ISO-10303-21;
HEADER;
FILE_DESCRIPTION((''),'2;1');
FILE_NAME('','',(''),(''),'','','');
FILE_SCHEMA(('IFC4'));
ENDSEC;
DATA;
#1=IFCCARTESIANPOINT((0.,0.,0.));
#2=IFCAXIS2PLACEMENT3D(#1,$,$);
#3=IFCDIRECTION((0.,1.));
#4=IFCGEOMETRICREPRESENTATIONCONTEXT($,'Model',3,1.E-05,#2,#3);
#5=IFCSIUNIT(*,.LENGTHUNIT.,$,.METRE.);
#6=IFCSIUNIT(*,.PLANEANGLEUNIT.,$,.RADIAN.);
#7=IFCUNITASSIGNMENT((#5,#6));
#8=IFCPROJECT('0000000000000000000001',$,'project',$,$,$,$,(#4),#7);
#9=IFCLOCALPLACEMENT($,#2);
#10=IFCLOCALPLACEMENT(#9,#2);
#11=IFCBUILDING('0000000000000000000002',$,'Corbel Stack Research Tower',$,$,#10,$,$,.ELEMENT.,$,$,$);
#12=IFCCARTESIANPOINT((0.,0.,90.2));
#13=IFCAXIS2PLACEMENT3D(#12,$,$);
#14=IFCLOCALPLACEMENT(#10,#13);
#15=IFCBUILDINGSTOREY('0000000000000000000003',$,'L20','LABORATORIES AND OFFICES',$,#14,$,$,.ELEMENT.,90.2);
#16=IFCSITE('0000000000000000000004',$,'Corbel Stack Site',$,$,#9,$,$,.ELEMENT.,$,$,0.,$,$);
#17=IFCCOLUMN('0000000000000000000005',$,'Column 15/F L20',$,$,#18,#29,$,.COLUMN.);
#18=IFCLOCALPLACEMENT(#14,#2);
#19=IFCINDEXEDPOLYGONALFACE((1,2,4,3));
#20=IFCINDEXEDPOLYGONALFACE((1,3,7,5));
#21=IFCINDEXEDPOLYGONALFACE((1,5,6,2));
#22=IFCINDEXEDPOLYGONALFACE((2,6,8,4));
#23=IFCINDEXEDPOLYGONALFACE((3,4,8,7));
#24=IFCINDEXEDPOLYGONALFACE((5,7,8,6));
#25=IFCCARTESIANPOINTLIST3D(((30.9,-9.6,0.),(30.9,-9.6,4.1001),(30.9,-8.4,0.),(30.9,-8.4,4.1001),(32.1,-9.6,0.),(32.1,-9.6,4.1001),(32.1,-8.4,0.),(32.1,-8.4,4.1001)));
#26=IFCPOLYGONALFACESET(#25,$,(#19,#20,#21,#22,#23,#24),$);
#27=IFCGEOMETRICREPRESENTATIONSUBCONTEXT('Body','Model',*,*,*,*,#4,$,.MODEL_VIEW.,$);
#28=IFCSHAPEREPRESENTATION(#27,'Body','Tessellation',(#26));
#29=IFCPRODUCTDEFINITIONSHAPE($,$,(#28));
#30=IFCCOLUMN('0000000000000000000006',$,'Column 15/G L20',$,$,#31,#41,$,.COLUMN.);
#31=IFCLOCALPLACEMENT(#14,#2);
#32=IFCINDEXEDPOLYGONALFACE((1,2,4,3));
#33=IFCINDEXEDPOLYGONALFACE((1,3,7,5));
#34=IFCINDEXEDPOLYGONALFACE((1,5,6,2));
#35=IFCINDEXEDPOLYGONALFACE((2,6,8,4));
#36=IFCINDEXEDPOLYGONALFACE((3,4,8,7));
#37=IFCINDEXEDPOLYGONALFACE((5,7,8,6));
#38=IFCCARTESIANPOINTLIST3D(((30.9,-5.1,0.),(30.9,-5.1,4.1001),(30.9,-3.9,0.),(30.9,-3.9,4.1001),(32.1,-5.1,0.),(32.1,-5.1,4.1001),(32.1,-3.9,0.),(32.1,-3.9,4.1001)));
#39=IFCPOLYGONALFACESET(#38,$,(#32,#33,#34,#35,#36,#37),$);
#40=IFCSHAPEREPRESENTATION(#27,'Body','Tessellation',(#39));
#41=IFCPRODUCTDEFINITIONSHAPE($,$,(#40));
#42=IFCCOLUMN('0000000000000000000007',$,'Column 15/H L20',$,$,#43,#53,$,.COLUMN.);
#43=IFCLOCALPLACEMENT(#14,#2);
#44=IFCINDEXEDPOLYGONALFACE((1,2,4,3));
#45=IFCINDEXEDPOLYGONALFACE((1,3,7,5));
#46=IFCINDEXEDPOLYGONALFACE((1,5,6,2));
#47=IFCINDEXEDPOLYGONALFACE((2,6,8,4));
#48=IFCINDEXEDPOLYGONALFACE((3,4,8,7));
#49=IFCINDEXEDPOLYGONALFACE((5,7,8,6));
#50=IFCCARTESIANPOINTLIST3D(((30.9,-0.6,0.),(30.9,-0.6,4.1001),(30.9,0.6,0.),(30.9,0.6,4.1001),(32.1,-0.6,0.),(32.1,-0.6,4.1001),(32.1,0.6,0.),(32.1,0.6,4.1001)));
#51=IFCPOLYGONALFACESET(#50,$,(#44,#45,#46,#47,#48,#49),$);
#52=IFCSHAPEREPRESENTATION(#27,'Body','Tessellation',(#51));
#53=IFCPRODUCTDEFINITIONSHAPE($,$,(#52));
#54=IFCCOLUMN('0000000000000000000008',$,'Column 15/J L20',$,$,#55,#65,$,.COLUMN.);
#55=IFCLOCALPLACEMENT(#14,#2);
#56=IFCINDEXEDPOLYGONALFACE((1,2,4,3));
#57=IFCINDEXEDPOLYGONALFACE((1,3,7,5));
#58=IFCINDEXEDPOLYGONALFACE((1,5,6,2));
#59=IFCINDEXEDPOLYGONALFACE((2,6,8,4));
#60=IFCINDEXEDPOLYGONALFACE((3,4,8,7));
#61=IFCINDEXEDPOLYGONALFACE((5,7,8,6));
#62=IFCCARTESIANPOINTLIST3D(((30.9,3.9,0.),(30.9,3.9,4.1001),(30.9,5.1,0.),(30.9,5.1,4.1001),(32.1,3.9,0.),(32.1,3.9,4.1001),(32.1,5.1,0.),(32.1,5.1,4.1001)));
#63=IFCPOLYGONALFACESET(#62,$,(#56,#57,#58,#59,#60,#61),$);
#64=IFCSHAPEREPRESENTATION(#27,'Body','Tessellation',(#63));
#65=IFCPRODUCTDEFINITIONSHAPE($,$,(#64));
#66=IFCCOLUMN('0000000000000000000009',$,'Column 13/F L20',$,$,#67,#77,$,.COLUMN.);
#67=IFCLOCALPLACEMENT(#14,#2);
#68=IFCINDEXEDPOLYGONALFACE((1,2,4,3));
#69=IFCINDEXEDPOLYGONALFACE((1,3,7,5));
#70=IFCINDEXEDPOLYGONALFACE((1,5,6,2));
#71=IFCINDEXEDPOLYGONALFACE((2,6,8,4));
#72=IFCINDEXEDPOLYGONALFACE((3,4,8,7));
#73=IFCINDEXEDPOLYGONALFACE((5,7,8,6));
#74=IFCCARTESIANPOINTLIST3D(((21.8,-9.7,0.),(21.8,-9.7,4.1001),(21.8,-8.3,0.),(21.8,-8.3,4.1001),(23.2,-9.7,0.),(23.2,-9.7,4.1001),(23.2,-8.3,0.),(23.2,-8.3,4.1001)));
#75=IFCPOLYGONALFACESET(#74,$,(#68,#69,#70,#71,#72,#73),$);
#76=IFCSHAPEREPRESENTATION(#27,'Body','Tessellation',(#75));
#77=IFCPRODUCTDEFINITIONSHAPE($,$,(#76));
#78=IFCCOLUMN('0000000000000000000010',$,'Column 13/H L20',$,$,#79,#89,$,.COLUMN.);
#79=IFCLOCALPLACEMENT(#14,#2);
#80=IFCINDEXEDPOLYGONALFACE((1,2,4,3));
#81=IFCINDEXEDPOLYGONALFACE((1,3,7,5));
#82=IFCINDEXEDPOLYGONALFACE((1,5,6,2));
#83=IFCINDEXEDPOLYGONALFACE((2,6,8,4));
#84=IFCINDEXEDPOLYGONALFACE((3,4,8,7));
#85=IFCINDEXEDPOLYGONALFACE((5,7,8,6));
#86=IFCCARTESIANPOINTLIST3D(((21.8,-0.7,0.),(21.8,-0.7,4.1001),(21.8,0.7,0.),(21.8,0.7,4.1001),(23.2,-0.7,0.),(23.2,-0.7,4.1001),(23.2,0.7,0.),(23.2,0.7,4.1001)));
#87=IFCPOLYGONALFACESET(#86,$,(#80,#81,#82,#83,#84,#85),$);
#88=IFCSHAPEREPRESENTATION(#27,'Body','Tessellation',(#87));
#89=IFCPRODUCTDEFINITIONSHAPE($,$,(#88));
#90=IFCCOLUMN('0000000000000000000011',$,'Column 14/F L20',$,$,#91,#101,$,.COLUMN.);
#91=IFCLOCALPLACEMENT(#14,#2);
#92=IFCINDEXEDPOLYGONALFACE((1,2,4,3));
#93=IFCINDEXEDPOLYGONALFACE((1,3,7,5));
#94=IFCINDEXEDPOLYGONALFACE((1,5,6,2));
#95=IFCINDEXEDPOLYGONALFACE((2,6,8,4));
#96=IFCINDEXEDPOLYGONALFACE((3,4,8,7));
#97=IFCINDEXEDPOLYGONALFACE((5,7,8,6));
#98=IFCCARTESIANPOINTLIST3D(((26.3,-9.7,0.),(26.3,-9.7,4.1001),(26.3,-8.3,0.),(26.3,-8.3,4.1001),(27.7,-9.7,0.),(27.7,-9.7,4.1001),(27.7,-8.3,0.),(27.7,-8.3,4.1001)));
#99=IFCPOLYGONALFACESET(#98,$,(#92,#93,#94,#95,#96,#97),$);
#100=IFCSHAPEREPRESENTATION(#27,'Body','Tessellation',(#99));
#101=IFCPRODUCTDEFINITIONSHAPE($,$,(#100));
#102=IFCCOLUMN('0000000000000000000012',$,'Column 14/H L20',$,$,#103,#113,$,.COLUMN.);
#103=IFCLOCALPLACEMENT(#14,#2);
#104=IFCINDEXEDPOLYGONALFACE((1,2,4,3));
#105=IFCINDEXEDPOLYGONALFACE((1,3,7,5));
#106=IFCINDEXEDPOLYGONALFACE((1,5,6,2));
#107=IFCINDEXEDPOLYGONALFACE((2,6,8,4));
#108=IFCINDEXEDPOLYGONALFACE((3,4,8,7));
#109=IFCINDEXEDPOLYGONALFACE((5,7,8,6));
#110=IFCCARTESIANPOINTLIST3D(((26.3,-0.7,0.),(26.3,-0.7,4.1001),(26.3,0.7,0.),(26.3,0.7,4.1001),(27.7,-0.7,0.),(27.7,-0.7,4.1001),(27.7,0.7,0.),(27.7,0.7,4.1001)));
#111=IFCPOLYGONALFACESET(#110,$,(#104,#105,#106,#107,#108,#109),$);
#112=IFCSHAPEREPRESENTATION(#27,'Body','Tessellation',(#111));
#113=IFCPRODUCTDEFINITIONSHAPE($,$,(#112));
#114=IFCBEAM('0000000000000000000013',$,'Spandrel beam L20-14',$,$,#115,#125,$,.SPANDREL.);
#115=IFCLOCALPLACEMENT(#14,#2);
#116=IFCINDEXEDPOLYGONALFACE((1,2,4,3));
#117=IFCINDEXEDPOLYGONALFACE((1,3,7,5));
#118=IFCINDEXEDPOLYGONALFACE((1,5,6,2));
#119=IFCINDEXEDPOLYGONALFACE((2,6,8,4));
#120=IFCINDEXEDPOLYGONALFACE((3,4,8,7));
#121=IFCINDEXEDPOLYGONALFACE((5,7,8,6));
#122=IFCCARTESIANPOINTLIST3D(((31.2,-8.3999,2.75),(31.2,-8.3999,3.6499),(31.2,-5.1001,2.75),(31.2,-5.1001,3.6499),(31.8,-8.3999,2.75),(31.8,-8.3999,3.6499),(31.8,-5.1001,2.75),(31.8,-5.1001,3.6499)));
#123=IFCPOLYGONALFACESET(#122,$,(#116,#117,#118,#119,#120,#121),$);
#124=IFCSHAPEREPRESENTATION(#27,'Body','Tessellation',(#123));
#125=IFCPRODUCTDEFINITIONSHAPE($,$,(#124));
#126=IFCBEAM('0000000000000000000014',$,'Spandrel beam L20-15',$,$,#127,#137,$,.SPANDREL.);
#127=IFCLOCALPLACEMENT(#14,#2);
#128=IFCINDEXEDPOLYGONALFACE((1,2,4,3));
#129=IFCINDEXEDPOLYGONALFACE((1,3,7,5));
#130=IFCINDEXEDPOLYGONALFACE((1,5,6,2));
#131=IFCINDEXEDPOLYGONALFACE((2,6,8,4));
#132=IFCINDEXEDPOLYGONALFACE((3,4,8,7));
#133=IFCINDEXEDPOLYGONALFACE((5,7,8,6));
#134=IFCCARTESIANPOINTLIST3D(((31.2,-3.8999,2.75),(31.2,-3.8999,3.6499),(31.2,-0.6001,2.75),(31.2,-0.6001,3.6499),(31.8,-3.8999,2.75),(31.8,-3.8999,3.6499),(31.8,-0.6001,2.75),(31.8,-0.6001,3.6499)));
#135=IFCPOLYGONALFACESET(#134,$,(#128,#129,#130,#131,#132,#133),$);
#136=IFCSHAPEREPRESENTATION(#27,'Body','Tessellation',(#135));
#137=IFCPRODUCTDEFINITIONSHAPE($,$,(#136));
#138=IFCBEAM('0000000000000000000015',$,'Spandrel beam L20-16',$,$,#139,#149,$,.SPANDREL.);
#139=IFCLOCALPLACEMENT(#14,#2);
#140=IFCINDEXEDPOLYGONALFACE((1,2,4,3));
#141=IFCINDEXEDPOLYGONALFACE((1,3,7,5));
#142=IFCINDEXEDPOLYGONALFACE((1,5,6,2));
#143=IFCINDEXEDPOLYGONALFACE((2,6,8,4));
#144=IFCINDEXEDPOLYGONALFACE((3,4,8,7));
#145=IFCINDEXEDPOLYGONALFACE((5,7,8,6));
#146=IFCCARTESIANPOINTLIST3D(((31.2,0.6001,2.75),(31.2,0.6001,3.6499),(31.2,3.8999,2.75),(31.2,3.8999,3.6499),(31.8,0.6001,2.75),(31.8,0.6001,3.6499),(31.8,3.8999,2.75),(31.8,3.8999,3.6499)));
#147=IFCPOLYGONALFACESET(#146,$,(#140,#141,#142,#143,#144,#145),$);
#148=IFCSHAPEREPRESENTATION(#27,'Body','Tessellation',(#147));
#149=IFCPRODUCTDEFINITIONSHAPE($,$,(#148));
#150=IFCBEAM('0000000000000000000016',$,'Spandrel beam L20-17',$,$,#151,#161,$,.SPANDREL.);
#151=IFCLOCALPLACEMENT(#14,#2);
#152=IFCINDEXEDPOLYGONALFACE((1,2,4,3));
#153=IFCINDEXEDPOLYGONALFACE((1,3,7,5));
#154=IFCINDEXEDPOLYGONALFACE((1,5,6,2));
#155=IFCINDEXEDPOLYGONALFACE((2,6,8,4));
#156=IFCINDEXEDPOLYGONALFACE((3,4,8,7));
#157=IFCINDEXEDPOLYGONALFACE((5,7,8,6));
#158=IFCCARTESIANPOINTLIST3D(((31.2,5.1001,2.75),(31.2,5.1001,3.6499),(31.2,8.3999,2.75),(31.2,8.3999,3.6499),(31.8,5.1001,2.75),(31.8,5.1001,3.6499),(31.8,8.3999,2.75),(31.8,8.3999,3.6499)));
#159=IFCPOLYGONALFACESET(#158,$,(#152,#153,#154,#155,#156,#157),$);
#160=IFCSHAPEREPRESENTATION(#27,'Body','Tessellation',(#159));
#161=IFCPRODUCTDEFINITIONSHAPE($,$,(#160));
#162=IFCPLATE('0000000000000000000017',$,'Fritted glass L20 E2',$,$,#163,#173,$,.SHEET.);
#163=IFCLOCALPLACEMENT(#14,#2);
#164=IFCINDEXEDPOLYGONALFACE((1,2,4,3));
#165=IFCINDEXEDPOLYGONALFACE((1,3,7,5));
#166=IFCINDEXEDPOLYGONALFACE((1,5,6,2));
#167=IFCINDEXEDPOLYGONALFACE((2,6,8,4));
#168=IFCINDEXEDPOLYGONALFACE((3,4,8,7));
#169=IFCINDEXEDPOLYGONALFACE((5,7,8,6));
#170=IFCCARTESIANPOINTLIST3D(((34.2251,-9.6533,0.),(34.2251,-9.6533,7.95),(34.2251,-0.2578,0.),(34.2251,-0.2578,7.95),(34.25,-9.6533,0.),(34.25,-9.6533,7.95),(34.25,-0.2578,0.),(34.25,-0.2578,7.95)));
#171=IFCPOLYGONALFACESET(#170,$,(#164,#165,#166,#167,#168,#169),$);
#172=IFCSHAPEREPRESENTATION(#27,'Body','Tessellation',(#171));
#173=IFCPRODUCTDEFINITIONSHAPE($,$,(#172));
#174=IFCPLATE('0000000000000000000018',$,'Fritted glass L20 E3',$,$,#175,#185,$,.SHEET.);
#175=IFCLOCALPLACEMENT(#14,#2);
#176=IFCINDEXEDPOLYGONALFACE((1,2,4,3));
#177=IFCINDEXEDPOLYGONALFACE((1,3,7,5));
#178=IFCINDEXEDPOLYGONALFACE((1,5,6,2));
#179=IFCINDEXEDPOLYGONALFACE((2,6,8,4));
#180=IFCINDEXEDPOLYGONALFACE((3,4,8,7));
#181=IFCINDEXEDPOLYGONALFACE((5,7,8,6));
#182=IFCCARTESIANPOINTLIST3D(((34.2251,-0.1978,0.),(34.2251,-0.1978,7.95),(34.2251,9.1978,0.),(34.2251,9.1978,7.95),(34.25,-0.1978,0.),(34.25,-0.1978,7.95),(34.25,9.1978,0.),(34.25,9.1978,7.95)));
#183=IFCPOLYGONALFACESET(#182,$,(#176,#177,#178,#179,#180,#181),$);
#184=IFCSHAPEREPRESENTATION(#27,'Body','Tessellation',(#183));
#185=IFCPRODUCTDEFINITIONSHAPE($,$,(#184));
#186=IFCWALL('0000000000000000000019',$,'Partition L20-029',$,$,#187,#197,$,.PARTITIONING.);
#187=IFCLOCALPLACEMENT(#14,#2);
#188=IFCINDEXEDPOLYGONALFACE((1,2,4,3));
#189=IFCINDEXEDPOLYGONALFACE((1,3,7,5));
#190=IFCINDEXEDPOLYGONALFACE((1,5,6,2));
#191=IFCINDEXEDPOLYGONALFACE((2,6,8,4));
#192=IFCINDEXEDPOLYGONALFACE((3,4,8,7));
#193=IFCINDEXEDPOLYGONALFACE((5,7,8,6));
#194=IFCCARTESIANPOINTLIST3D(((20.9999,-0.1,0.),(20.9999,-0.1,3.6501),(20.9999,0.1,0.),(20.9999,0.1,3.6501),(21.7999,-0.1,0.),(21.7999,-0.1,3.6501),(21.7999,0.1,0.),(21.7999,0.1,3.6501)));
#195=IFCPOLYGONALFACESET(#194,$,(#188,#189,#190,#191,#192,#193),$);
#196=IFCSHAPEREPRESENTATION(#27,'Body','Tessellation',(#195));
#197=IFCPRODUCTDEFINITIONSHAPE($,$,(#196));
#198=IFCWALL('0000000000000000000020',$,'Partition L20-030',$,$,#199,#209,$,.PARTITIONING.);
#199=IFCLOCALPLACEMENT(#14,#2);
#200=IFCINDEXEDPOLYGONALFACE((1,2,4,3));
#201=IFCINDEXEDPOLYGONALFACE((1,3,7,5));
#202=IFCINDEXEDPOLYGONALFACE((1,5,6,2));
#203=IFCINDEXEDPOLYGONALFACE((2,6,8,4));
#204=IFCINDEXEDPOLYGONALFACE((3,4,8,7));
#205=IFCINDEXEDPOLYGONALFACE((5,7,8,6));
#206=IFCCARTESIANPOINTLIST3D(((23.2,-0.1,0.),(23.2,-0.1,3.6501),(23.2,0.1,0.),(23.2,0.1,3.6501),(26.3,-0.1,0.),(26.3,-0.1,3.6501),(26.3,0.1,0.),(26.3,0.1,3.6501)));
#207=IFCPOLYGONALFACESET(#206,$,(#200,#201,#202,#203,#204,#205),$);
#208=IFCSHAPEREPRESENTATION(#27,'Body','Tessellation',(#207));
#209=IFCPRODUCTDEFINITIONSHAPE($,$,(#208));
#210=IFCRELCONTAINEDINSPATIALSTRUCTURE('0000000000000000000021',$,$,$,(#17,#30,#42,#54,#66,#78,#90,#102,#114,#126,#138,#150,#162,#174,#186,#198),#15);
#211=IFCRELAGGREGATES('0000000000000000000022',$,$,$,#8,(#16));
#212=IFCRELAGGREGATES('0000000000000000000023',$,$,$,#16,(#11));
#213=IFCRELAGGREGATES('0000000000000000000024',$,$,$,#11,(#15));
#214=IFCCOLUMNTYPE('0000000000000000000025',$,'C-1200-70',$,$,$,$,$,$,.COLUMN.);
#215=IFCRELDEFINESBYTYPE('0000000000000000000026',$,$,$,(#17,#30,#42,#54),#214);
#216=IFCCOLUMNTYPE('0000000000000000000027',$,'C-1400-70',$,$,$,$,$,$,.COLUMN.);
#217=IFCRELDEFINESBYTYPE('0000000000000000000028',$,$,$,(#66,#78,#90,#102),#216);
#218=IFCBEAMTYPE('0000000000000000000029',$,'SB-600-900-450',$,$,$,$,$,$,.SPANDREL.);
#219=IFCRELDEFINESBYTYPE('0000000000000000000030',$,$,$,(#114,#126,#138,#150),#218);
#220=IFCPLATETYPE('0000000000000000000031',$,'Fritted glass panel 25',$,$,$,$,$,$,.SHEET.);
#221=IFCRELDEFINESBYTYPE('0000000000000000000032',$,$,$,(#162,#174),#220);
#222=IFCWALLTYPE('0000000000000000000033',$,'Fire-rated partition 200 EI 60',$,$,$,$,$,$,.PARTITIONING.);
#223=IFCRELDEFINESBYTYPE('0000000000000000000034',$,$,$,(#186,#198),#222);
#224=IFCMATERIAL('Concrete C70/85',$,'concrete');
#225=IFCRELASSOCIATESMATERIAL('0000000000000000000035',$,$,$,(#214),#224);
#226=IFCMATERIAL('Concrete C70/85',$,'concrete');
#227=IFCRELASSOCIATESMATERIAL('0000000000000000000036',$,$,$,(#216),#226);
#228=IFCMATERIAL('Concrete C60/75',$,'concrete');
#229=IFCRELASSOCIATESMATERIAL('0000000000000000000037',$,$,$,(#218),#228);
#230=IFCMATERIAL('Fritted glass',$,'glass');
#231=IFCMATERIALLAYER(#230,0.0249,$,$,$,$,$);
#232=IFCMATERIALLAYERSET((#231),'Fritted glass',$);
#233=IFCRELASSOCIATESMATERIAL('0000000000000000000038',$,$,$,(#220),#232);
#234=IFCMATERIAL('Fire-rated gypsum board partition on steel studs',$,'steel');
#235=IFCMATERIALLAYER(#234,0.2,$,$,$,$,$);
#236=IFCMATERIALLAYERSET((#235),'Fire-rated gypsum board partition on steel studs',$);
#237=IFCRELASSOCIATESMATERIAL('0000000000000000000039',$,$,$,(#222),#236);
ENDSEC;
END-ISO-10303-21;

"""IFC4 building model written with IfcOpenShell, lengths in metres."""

from ifc_helpers import new_model, si_unit, direction, frame, frame_2d, origin, origin_2d, place, context, subcontext, project, spatial, rectangle, extrude, material, layer, layer_set, material_profile, profile_set, type_object, element, save


model = new_model("IFC4")

# Units and contexts
model_context = context("Model", 3, precision=1e-05, world=origin(), true_north=direction((0.0, 1.0)))
body_context = subcontext(model_context, "Body", "Model", "MODEL_VIEW")
ifc_project = project(units=[si_unit("LENGTHUNIT", "METRE"), si_unit("PLANEANGLEUNIT", "RADIAN")], contexts=[model_context])

# Site, building, storey
site_placement = place(None, origin())
site = spatial("IfcSite", under=ifc_project, at=site_placement, Name="Corbel Stack Site", CompositionType="ELEMENT", RefElevation=0.0)
building_placement = place(site_placement, origin())
building = spatial("IfcBuilding", under=site, at=building_placement, Name="Corbel Stack Research Tower", CompositionType="ELEMENT")
storey_placement = place(building_placement, frame((0.0, 0.0, 90.2)))
storey = spatial("IfcBuildingStorey", under=building, at=storey_placement, Name="L20", Description="LABORATORIES AND OFFICES", CompositionType="ELEMENT", Elevation=90.2)

# Columns
ifc_material_1 = material(Name="Concrete C70/85", Category="concrete")
ifc_material_profile_1 = material_profile(ifc_material_1, rectangle(XDim=1.2, YDim=1.2, at=origin_2d()), Name="RC 1200 x 1200")
ifc_profile_set_1 = profile_set([ifc_material_profile_1], Name="Concrete C70/85")
column_type_1 = type_object("IfcColumnType", Name="C-1200-70", PredefinedType="COLUMN", material=ifc_profile_set_1)
for number, where, z_axis, x_axis, name in (
    (1, (31.5, -9.0, 0.0), (0.0, 0.0, 1.0), (1.0, 0.0, 0.0), "Column 15/F L20"),
    (2, (31.5, -4.5, 0.0), (0.0, 0.0, 1.0), (1.0, 0.0, 0.0), "Column 15/G L20"),
    (3, (31.5, 0.0, 0.0), (0.0, 0.0, 1.0), (1.0, 0.0, 0.0), "Column 15/H L20"),
    (4, (31.5, 4.5, 0.0), (0.0, 0.0, 1.0), (1.0, 0.0, 0.0), "Column 15/J L20"),
):
    element("IfcColumn", number, at=place(storey_placement, frame(where, z_axis=z_axis, x_axis=x_axis)), inside=storey, type_object=column_type_1, Name=name, PredefinedType="COLUMN", context=body_context, shape_type="SweptSolid", body=[
        extrude(rectangle(XDim=1.2, YDim=1.2, at=origin_2d()), origin(), (0.0, 0.0, 1.0), 4.1001),
    ])
ifc_material_2 = material(Name="Concrete C70/85", Category="concrete")
ifc_material_profile_2 = material_profile(ifc_material_2, rectangle(XDim=1.3999, YDim=1.3999, at=origin_2d()), Name="RC 1400 x 1400")
ifc_profile_set_2 = profile_set([ifc_material_profile_2], Name="Concrete C70/85")
column_type_2 = type_object("IfcColumnType", Name="C-1400-70", PredefinedType="COLUMN", material=ifc_profile_set_2)
for number, where, z_axis, x_axis, name in (
    (5, (22.5, -9.0, 0.0), (0.0, 0.0, 1.0), (1.0, 0.0, 0.0), "Column 13/F L20"),
    (6, (22.5, 0.0, 0.0), (0.0, 0.0, 1.0), (1.0, 0.0, 0.0), "Column 13/H L20"),
    (7, (27.0, -9.0, 0.0), (0.0, 0.0, 1.0), (1.0, 0.0, 0.0), "Column 14/F L20"),
    (8, (27.0, 0.0, 0.0), (0.0, 0.0, 1.0), (1.0, 0.0, 0.0), "Column 14/H L20"),
):
    element("IfcColumn", number, at=place(storey_placement, frame(where, z_axis=z_axis, x_axis=x_axis)), inside=storey, type_object=column_type_2, Name=name, PredefinedType="COLUMN", context=body_context, shape_type="SweptSolid", body=[
        extrude(rectangle(XDim=1.3999, YDim=1.3999, at=origin_2d()), origin(), (0.0, 0.0, 1.0), 4.1001),
    ])

# Beams
ifc_material_3 = material(Name="Concrete C60/75", Category="concrete")
ifc_material_profile_3 = material_profile(ifc_material_3, rectangle(XDim=0.6001, YDim=0.8999, at=origin_2d()), Name="RC 600 x 900")
ifc_profile_set_3 = profile_set([ifc_material_profile_3], Name="Concrete C60/75")
beam_type = type_object("IfcBeamType", Name="SB-600-900-450", PredefinedType="SPANDREL", material=ifc_profile_set_3)
for number, where, z_axis, x_axis, name in (
    (9, (31.5, -8.3999, 3.2), (0.0, 1.0, 0.0), (-1.0, 0.0, 0.0), "Spandrel beam L20-14"),
    (10, (31.5, -3.8999, 3.2), (0.0, 1.0, 0.0), (-1.0, 0.0, 0.0), "Spandrel beam L20-15"),
    (11, (31.5, 0.6001, 3.2), (0.0, 1.0, 0.0), (-1.0, 0.0, 0.0), "Spandrel beam L20-16"),
    (12, (31.5, 5.1001, 3.2), (0.0, 1.0, 0.0), (-1.0, 0.0, 0.0), "Spandrel beam L20-17"),
):
    element("IfcBeam", number, at=place(storey_placement, frame(where, z_axis=z_axis, x_axis=x_axis)), inside=storey, type_object=beam_type, Name=name, PredefinedType="SPANDREL", context=body_context, shape_type="SweptSolid", body=[
        extrude(rectangle(XDim=0.6001, YDim=0.8999, at=origin_2d()), origin(), (0.0, 0.0, 1.0), 3.2998),
    ])

# Plates
ifc_material_4 = material(Name="Fritted glass", Category="glass")
ifc_layer_1 = layer(ifc_material_4, 0.0249)
ifc_layer_set_1 = layer_set([ifc_layer_1], Name="Fritted glass")
plate_type = type_object("IfcPlateType", Name="Fritted glass panel 25", PredefinedType="SHEET", material=ifc_layer_set_1)
for number, where, z_axis, x_axis, name in (
    (13, (34.2375, -4.9556, 0.0), (0.0, 0.0, 1.0), (0.0, 1.0, 0.0), "Fritted glass L20 E2"),
    (14, (34.2375, 4.5, 0.0), (0.0, 0.0, 1.0), (0.0, 1.0, 0.0), "Fritted glass L20 E3"),
):
    element("IfcPlate", number, at=place(storey_placement, frame(where, z_axis=z_axis, x_axis=x_axis)), inside=storey, type_object=plate_type, Name=name, PredefinedType="SHEET", context=body_context, shape_type="SweptSolid", body=[
        extrude(rectangle(XDim=9.3955, YDim=0.0249, at=origin_2d()), origin(), (0.0, 0.0, 1.0), 7.95),
    ])

# Walls
ifc_material_5 = material(Name="Fire-rated gypsum board partition on steel studs", Category="steel")
ifc_layer_2 = layer(ifc_material_5, 0.2)
ifc_layer_set_2 = layer_set([ifc_layer_2], Name="Fire-rated gypsum board partition on steel studs")
wall_type_1 = type_object("IfcWallType", Name="Fire-rated partition 200 EI 60", PredefinedType="PARTITIONING", material=ifc_layer_set_2)
wall_1_placement = place(storey_placement, frame((21.0, 0.0, 0.0), z_axis=(0.0, 0.0, 1.0), x_axis=(1.0, 0.0, 0.0)))
element("IfcWall", 15, at=wall_1_placement, inside=storey, type_object=wall_type_1, Name="Partition L20-029", PredefinedType="PARTITIONING", context=body_context, shape_type="SweptSolid", body=[
    extrude(rectangle(XDim=0.8, YDim=0.2, at=frame_2d((0.3999, 0.0))), origin(), (0.0, 0.0, 1.0), 3.6501),
])
wall_2_placement = place(storey_placement, frame((23.2, 0.0, 0.0), z_axis=(0.0, 0.0, 1.0), x_axis=(1.0, 0.0, 0.0)))
element("IfcWall", 16, at=wall_2_placement, inside=storey, type_object=wall_type_1, Name="Partition L20-030", PredefinedType="PARTITIONING", context=body_context, shape_type="SweptSolid", body=[
    extrude(rectangle(XDim=3.1001, YDim=0.2, at=frame_2d((1.55, 0.0))), origin(), (0.0, 0.0, 1.0), 3.6501),
])

save(model, "model.ifc")
